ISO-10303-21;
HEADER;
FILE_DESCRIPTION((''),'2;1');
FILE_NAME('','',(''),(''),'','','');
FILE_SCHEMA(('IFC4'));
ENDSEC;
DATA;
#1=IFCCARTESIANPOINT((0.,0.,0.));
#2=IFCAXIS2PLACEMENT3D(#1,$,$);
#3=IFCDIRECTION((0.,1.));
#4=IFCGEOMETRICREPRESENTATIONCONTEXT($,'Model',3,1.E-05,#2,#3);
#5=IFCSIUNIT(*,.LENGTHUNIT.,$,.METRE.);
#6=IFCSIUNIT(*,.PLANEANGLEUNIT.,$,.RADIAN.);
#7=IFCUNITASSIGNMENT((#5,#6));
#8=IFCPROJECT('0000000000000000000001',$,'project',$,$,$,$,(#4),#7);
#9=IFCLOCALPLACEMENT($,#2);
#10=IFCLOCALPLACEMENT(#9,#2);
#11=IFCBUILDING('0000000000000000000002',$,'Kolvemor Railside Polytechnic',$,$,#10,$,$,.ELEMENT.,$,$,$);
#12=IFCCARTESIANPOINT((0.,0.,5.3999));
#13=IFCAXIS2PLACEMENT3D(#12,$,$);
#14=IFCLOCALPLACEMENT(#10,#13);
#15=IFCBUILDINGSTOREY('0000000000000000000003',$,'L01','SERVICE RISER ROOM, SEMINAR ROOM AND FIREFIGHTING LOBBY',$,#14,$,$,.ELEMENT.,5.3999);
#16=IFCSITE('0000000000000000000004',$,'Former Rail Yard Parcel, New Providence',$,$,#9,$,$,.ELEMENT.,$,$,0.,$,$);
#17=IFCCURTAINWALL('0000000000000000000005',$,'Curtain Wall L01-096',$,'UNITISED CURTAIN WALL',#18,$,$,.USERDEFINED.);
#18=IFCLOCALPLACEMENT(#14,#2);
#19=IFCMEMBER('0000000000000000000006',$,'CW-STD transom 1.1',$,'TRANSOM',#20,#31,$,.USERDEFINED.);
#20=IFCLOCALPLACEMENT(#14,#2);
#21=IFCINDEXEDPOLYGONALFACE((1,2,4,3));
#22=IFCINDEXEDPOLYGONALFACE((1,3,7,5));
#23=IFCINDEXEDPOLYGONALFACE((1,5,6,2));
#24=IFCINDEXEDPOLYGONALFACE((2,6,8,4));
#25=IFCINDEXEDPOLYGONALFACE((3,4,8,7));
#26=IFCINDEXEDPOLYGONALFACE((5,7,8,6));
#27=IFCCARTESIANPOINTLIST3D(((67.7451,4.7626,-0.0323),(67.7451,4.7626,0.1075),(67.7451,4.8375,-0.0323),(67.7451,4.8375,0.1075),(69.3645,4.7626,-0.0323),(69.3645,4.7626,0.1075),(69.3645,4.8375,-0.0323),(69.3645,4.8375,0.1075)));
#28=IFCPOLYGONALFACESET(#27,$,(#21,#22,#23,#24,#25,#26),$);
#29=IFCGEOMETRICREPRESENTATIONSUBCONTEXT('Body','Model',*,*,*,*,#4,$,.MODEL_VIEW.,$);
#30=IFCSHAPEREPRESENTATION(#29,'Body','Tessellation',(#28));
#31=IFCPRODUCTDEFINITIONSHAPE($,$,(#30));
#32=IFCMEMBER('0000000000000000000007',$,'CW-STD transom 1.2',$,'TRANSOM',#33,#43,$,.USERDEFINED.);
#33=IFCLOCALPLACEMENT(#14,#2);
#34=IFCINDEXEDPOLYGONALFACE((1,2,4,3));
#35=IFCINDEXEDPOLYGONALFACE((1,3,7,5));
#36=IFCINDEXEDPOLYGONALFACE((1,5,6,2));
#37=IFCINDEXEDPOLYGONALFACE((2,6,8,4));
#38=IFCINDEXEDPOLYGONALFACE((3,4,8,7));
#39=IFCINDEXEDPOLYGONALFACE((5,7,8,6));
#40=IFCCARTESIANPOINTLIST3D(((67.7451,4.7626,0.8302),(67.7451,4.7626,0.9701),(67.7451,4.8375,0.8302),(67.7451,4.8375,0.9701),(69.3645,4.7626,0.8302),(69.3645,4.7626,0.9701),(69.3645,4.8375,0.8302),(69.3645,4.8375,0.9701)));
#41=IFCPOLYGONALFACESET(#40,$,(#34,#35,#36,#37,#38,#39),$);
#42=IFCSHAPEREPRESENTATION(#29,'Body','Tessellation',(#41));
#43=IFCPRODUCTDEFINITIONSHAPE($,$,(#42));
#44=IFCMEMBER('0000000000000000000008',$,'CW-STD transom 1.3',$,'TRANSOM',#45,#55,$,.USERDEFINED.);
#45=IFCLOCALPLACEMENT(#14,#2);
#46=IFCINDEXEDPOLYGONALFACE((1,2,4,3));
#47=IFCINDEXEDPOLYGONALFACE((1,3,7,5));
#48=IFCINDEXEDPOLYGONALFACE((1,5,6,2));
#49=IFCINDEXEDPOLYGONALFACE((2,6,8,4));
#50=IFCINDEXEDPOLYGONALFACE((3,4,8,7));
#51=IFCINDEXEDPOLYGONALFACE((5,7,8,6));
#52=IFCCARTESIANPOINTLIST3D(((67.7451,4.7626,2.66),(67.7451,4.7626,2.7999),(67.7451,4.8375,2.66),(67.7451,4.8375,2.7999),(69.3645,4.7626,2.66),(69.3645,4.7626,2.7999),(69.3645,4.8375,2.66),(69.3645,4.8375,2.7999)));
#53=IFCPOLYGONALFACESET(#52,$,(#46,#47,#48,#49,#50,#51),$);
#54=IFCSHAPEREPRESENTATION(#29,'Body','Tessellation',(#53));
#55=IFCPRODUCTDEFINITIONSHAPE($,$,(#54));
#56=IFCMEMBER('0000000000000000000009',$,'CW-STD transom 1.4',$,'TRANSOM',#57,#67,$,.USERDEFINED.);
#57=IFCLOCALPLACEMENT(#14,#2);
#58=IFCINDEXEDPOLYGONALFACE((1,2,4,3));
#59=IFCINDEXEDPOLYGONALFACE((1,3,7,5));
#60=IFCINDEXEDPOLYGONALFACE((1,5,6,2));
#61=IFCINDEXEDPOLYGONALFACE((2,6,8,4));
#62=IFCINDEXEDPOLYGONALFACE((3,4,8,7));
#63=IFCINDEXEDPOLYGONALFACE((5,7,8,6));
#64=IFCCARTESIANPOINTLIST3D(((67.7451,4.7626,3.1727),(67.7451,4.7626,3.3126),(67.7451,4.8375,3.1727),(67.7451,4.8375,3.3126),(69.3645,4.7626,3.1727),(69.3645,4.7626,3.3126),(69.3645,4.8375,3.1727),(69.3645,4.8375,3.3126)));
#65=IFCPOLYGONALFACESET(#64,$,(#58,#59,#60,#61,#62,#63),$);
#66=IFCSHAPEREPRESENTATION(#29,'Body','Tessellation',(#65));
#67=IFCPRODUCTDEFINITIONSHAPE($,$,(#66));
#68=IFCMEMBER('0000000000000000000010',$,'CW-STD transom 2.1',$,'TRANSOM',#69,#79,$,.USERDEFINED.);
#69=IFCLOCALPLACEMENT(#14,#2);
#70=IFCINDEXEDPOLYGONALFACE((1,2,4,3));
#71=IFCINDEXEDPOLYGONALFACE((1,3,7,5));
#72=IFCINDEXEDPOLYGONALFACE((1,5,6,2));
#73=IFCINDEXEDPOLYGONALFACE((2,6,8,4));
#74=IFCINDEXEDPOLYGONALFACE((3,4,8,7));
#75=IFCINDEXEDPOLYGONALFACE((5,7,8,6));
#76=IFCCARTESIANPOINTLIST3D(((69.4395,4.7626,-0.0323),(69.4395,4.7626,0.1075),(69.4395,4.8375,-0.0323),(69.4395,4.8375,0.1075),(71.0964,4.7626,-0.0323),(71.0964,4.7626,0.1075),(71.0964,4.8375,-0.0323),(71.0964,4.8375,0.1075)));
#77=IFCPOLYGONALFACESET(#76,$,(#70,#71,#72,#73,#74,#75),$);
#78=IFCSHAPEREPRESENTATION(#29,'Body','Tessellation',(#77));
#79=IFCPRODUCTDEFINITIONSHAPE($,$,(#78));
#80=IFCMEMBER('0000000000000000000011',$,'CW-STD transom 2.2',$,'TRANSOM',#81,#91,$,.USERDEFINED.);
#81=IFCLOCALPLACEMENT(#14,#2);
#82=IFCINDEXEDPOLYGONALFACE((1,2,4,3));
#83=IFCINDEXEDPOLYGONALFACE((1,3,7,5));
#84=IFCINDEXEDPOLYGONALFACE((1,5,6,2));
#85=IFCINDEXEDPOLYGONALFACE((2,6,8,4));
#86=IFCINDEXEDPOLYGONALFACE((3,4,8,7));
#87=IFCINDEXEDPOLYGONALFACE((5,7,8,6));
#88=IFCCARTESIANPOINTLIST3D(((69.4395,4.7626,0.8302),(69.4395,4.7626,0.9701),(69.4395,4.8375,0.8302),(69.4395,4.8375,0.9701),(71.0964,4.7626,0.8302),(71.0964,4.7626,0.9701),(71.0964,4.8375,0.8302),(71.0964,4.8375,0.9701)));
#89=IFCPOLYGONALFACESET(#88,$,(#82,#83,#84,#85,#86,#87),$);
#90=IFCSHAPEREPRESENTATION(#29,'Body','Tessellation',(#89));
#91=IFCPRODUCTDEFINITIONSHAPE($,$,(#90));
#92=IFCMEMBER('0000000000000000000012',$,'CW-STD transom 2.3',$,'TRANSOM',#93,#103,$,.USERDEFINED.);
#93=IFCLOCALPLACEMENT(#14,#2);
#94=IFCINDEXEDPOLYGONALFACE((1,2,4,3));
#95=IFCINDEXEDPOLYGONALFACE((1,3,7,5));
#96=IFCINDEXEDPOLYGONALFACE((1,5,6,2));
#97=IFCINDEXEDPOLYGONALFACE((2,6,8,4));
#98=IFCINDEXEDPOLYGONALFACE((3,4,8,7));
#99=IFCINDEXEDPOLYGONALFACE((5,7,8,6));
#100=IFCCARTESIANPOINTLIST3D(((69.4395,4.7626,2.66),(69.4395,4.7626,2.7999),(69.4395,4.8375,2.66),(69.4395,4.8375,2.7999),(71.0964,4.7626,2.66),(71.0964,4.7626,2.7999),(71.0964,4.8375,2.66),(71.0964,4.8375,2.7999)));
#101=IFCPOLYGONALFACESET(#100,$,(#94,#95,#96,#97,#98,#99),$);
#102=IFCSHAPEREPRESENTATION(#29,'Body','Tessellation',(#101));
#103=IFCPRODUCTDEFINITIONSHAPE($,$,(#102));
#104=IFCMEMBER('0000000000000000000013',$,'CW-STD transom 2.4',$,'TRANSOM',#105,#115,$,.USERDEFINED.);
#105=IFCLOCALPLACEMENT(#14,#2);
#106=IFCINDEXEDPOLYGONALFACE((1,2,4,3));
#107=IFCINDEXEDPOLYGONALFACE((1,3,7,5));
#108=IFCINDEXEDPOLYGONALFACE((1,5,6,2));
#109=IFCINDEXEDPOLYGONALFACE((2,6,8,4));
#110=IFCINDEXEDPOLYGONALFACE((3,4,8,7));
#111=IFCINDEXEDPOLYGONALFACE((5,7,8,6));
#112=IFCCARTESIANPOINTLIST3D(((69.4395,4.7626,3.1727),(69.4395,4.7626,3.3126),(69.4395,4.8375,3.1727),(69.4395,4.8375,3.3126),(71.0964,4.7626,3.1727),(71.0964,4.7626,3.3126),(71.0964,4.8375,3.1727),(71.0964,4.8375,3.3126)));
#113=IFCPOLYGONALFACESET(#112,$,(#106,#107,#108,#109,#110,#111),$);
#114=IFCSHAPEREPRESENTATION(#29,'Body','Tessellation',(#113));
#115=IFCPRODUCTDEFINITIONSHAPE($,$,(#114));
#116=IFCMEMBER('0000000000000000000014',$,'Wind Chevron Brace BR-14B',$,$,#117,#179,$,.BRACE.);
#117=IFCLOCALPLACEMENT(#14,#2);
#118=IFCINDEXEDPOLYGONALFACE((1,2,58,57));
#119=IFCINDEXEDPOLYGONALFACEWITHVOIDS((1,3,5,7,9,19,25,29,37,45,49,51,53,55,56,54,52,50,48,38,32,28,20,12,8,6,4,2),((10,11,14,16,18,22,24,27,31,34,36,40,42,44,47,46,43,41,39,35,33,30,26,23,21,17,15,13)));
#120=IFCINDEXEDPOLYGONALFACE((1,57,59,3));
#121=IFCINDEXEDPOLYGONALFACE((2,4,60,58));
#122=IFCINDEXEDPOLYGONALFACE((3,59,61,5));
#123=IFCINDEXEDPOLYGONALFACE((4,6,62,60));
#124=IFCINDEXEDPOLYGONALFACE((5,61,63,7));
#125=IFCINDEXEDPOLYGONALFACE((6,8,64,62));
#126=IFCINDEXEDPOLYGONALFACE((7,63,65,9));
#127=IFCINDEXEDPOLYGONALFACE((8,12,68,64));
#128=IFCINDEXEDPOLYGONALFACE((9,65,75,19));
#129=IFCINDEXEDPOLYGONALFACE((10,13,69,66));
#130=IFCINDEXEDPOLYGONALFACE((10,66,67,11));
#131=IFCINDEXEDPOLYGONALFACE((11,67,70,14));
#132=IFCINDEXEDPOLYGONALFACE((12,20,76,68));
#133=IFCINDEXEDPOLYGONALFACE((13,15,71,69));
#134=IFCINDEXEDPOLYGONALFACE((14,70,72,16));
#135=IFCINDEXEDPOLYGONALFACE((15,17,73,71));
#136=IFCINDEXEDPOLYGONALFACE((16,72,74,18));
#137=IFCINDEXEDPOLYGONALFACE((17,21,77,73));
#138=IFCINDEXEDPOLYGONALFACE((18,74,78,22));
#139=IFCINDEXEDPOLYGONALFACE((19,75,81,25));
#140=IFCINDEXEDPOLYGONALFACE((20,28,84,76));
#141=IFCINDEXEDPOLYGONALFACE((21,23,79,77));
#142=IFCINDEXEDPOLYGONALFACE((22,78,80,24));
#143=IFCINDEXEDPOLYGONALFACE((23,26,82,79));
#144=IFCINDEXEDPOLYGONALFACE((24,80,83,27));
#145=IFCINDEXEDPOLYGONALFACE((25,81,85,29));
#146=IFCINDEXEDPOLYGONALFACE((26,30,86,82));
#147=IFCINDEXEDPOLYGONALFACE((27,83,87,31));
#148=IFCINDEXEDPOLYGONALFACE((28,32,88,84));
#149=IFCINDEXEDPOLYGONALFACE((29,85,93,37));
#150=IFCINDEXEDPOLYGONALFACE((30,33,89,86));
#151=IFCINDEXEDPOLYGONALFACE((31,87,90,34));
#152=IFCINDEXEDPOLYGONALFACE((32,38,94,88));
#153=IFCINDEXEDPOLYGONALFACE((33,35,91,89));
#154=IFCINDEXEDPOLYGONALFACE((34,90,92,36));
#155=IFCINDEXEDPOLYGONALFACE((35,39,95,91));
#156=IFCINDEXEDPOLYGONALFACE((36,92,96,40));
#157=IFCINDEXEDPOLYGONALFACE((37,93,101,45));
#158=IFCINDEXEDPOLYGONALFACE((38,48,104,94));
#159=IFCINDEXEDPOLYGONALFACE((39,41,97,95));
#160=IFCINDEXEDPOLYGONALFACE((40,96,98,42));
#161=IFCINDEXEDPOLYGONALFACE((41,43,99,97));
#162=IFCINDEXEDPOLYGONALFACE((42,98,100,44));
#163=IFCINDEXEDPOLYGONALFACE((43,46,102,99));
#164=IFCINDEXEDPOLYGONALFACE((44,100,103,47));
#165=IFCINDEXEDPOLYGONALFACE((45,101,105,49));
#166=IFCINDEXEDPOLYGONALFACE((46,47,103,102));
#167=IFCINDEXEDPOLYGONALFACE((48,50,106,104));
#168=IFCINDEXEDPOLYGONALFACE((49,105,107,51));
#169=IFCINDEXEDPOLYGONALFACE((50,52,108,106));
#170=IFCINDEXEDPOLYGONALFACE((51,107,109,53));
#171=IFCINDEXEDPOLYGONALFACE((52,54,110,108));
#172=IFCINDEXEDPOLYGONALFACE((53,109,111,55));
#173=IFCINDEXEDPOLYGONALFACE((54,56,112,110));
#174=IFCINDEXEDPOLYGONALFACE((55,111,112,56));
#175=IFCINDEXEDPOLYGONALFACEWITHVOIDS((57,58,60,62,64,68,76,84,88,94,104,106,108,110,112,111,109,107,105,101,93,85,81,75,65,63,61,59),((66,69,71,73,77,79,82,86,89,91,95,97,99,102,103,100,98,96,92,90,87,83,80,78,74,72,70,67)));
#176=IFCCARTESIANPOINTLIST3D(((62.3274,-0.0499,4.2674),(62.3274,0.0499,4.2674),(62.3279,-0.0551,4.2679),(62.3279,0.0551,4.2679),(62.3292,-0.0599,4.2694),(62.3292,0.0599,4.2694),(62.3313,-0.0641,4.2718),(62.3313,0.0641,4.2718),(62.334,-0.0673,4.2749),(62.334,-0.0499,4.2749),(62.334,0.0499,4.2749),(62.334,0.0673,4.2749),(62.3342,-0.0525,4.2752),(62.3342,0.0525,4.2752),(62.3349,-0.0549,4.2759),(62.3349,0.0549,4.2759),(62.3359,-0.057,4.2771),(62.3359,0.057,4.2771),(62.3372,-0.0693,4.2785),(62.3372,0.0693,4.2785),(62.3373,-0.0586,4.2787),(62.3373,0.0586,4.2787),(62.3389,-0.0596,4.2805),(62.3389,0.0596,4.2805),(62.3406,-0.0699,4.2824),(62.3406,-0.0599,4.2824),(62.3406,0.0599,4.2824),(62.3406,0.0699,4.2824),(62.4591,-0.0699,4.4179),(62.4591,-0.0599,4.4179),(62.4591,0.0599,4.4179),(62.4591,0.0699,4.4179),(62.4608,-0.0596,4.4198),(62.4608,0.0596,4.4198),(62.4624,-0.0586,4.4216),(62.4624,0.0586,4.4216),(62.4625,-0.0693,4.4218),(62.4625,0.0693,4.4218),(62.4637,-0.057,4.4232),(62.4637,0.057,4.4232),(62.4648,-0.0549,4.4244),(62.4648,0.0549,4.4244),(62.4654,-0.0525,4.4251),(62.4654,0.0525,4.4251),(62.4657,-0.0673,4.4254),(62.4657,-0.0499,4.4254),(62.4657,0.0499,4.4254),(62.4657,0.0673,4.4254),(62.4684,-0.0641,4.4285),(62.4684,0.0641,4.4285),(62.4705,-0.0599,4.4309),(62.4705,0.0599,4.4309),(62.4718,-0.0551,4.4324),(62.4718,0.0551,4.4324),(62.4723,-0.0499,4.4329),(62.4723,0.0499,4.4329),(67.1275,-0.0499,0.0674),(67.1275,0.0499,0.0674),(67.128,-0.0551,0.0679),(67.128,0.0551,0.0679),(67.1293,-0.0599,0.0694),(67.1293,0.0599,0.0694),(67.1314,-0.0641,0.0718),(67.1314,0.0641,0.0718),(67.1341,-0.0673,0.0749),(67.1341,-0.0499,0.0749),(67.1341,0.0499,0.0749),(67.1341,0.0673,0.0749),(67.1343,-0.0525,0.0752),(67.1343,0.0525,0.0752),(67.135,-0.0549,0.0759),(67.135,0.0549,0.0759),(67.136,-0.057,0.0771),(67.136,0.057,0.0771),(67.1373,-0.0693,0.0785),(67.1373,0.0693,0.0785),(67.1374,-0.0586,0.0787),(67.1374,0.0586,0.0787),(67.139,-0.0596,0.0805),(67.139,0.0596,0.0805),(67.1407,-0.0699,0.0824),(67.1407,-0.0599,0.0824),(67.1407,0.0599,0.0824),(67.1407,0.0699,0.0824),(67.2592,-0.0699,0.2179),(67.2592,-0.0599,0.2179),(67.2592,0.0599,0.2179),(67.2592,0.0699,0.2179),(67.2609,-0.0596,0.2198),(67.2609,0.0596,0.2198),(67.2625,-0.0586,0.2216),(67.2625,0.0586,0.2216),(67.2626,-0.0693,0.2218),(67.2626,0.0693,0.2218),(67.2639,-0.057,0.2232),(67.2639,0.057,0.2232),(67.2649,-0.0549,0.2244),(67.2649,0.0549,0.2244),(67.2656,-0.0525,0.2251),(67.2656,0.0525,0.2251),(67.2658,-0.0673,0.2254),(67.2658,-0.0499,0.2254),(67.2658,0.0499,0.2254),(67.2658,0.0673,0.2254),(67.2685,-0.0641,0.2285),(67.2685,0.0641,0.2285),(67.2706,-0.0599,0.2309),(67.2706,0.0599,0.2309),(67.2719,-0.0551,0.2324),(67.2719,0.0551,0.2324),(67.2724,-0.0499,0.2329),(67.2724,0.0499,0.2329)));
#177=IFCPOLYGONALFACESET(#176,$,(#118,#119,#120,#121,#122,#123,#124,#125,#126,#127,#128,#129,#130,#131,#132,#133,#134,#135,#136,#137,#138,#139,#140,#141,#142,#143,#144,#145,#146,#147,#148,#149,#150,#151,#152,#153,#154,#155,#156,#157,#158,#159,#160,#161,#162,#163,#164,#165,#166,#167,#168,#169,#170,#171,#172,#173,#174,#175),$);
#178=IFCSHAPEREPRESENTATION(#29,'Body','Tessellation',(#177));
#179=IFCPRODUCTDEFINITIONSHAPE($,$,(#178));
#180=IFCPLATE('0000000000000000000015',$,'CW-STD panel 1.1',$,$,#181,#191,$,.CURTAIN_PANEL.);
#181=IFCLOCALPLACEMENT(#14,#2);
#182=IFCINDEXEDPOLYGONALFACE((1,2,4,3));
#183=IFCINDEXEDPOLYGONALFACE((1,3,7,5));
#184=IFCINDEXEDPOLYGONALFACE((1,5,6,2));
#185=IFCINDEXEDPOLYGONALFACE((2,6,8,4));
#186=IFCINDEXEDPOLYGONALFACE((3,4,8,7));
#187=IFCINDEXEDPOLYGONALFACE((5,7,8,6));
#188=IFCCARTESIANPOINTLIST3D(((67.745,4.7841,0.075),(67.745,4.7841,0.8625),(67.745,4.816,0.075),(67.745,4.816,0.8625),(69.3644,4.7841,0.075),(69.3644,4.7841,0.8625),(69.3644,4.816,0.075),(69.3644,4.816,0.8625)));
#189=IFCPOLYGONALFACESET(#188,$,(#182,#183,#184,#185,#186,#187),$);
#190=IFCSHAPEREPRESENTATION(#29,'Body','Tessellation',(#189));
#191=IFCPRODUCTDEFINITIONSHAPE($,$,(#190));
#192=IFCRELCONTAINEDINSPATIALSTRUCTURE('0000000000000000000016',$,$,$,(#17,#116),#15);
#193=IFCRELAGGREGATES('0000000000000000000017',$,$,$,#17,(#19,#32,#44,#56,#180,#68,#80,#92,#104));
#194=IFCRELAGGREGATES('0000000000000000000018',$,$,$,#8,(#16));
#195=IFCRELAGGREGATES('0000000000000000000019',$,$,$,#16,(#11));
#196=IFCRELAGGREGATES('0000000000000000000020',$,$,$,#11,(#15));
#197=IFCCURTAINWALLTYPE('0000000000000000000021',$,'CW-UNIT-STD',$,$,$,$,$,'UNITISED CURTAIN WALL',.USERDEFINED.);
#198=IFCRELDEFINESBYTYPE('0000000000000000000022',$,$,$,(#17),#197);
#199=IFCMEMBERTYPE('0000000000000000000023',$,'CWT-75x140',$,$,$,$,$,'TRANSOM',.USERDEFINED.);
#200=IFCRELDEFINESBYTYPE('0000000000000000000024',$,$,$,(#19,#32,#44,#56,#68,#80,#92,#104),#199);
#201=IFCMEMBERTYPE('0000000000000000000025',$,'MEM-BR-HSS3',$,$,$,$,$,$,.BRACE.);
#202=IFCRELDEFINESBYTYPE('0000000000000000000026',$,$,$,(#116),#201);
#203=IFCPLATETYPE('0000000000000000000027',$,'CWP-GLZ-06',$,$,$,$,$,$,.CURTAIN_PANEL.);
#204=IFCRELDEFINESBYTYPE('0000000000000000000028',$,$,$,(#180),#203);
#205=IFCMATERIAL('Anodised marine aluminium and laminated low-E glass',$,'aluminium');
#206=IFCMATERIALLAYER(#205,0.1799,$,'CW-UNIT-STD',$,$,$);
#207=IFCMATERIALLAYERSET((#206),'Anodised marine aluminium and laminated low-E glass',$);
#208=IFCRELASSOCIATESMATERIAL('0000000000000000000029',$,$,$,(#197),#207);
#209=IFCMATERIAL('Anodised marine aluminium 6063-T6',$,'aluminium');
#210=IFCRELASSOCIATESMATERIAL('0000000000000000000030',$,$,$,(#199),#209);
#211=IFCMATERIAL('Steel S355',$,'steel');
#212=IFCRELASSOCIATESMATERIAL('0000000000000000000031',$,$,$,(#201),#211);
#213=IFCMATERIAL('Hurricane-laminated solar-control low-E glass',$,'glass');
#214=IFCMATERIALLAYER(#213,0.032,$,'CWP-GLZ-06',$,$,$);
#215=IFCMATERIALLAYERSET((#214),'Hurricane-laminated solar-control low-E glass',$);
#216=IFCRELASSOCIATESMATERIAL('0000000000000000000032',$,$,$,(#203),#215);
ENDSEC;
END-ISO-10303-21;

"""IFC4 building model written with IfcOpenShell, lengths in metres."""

from ifc_helpers import new_model, si_unit, direction, frame, origin, origin_2d, place, context, subcontext, project, spatial, rectangle, hollow_rectangle, extrude, material, layer, layer_set, material_profile, profile_set, type_object, element, aggregate, save


model = new_model("IFC4")

# Units and contexts
model_context = context("Model", 3, precision=1e-05, world=origin(), true_north=direction((0.0, 1.0)))
body_context = subcontext(model_context, "Body", "Model", "MODEL_VIEW")
ifc_project = project(units=[si_unit("LENGTHUNIT", "METRE"), si_unit("PLANEANGLEUNIT", "RADIAN")], contexts=[model_context])

# Site, building, storey
site_placement = place(None, origin())
site = spatial("IfcSite", under=ifc_project, at=site_placement, Name="Former Rail Yard Parcel, New Providence", CompositionType="ELEMENT", RefElevation=0.0)
building_placement = place(site_placement, origin())
building = spatial("IfcBuilding", under=site, at=building_placement, Name="Kolvemor Railside Polytechnic", CompositionType="ELEMENT")
storey_placement = place(building_placement, frame((0.0, 0.0, 5.3999)))
storey = spatial("IfcBuildingStorey", under=building, at=storey_placement, Name="L01", Description="SERVICE RISER ROOM, SEMINAR ROOM AND FIREFIGHTING LOBBY", CompositionType="ELEMENT", Elevation=5.3999)

# Curtain wall, members
ifc_material_1 = material(Name="Anodised marine aluminium and laminated low-E glass", Category="aluminium")
ifc_layer_1 = layer(ifc_material_1, 0.1799, Name="CW-UNIT-STD")
ifc_layer_set_1 = layer_set([ifc_layer_1], Name="Anodised marine aluminium and laminated low-E glass")
curtain_wall_type = type_object("IfcCurtainWallType", Name="CW-UNIT-STD", ElementType="UNITISED CURTAIN WALL", PredefinedType="USERDEFINED", material=ifc_layer_set_1)
curtain_wall_placement = place(storey_placement, origin())
curtain_wall = element("IfcCurtainWall", 1, at=curtain_wall_placement, inside=storey, type_object=curtain_wall_type, Name="Curtain Wall L01-096", ObjectType="UNITISED CURTAIN WALL", PredefinedType="USERDEFINED")
ifc_material_2 = material(Name="Anodised marine aluminium 6063-T6", Category="aluminium")
ifc_material_profile_1 = material_profile(ifc_material_2, rectangle(XDim=0.075, YDim=0.1399, at=origin_2d()), Name="CW-TRN-75x140")
ifc_profile_set_1 = profile_set([ifc_material_profile_1], Name="Anodised marine aluminium 6063-T6")
member_type_1 = type_object("IfcMemberType", Name="CWT-75x140", ElementType="TRANSOM", PredefinedType="USERDEFINED", material=ifc_profile_set_1)
member_1_placement = place(storey_placement, frame((67.7451, 4.8, 0.0376), z_axis=(1.0, 0.0, 0.0), x_axis=(0.0, 1.0, 0.0)))
member_1 = element("IfcMember", 2, at=member_1_placement, type_object=member_type_1, Name="CW-STD transom 1.1", ObjectType="TRANSOM", PredefinedType="USERDEFINED", context=body_context, shape_type="SweptSolid", body=[
    extrude(rectangle(XDim=0.075, YDim=0.1399, at=origin_2d()), origin(), (0.0, 0.0, 1.0), 1.6194),
])
member_2_placement = place(storey_placement, frame((67.7451, 4.8, 0.9001), z_axis=(1.0, 0.0, 0.0), x_axis=(0.0, 1.0, 0.0)))
member_2 = element("IfcMember", 3, at=member_2_placement, type_object=member_type_1, Name="CW-STD transom 1.2", ObjectType="TRANSOM", PredefinedType="USERDEFINED", context=body_context, shape_type="SweptSolid", body=[
    extrude(rectangle(XDim=0.075, YDim=0.1399, at=origin_2d()), origin(), (0.0, 0.0, 1.0), 1.6194),
])
member_3_placement = place(storey_placement, frame((67.7451, 4.8, 2.73), z_axis=(1.0, 0.0, 0.0), x_axis=(0.0, 1.0, 0.0)))
member_3 = element("IfcMember", 4, at=member_3_placement, type_object=member_type_1, Name="CW-STD transom 1.3", ObjectType="TRANSOM", PredefinedType="USERDEFINED", context=body_context, shape_type="SweptSolid", body=[
    extrude(rectangle(XDim=0.075, YDim=0.1399, at=origin_2d()), origin(), (0.0, 0.0, 1.0), 1.6194),
])
member_4_placement = place(storey_placement, frame((67.7451, 4.8, 3.2427), z_axis=(1.0, 0.0, 0.0), x_axis=(0.0, 1.0, 0.0)))
member_4 = element("IfcMember", 5, at=member_4_placement, type_object=member_type_1, Name="CW-STD transom 1.4", ObjectType="TRANSOM", PredefinedType="USERDEFINED", context=body_context, shape_type="SweptSolid", body=[
    extrude(rectangle(XDim=0.075, YDim=0.1399, at=origin_2d()), origin(), (0.0, 0.0, 1.0), 1.6194),
])
member_5_placement = place(storey_placement, frame((69.4395, 4.8, 0.0376), z_axis=(1.0, 0.0, 0.0), x_axis=(0.0, 1.0, 0.0)))
member_5 = element("IfcMember", 6, at=member_5_placement, type_object=member_type_1, Name="CW-STD transom 2.1", ObjectType="TRANSOM", PredefinedType="USERDEFINED", context=body_context, shape_type="SweptSolid", body=[
    extrude(rectangle(XDim=0.075, YDim=0.1399, at=origin_2d()), origin(), (0.0, 0.0, 1.0), 1.657),
])
member_6_placement = place(storey_placement, frame((69.4395, 4.8, 0.9001), z_axis=(1.0, 0.0, 0.0), x_axis=(0.0, 1.0, 0.0)))
member_6 = element("IfcMember", 7, at=member_6_placement, type_object=member_type_1, Name="CW-STD transom 2.2", ObjectType="TRANSOM", PredefinedType="USERDEFINED", context=body_context, shape_type="SweptSolid", body=[
    extrude(rectangle(XDim=0.075, YDim=0.1399, at=origin_2d()), origin(), (0.0, 0.0, 1.0), 1.657),
])
member_7_placement = place(storey_placement, frame((69.4395, 4.8, 2.73), z_axis=(1.0, 0.0, 0.0), x_axis=(0.0, 1.0, 0.0)))
member_7 = element("IfcMember", 8, at=member_7_placement, type_object=member_type_1, Name="CW-STD transom 2.3", ObjectType="TRANSOM", PredefinedType="USERDEFINED", context=body_context, shape_type="SweptSolid", body=[
    extrude(rectangle(XDim=0.075, YDim=0.1399, at=origin_2d()), origin(), (0.0, 0.0, 1.0), 1.657),
])
member_8_placement = place(storey_placement, frame((69.4395, 4.8, 3.2427), z_axis=(1.0, 0.0, 0.0), x_axis=(0.0, 1.0, 0.0)))
member_8 = element("IfcMember", 9, at=member_8_placement, type_object=member_type_1, Name="CW-STD transom 2.4", ObjectType="TRANSOM", PredefinedType="USERDEFINED", context=body_context, shape_type="SweptSolid", body=[
    extrude(rectangle(XDim=0.075, YDim=0.1399, at=origin_2d()), origin(), (0.0, 0.0, 1.0), 1.657),
])

# Member
ifc_material_3 = material(Name="Steel S355", Category="steel")
ifc_material_profile_2 = material_profile(ifc_material_3, hollow_rectangle(XDim=0.1399, YDim=0.22, WallThickness=0.01, InnerFilletRadius=0.01, OuterFilletRadius=0.02, at=origin_2d()), Name="HSS220x140x10")
ifc_profile_set_2 = profile_set([ifc_material_profile_2], Name="Steel S355")
member_type_2 = type_object("IfcMemberType", Name="MEM-BR-HSS3", PredefinedType="BRACE", material=ifc_profile_set_2)
member_9_placement = place(storey_placement, frame((67.2, 0.0, 0.1501), z_axis=(-0.752584, 0.0, 0.658496), x_axis=(0.0, -1.0, 0.0)))
element("IfcMember", 10, at=member_9_placement, inside=storey, type_object=member_type_2, Name="Wind Chevron Brace BR-14B", PredefinedType="BRACE", context=body_context, shape_type="SweptSolid", body=[
    extrude(hollow_rectangle(XDim=0.1399, YDim=0.22, WallThickness=0.01, InnerFilletRadius=0.01, OuterFilletRadius=0.02, at=origin_2d()), origin(), (0.0, 0.0, 1.0), 6.3782),
])

# Plate
ifc_material_4 = material(Name="Hurricane-laminated solar-control low-E glass", Category="glass")
ifc_layer_2 = layer(ifc_material_4, 0.032, Name="CWP-GLZ-06")
ifc_layer_set_2 = layer_set([ifc_layer_2], Name="Hurricane-laminated solar-control low-E glass")
plate_type_1 = type_object("IfcPlateType", Name="CWP-GLZ-06", PredefinedType="CURTAIN_PANEL", material=ifc_layer_set_2)
plate_1_placement = place(storey_placement, frame((68.5547, 4.8, 0.075), z_axis=(0.0, 0.0, 1.0), x_axis=(1.0, 0.0, 0.0)))
plate_1 = element("IfcPlate", 11, at=plate_1_placement, type_object=plate_type_1, Name="CW-STD panel 1.1", PredefinedType="CURTAIN_PANEL", context=body_context, shape_type="SweptSolid", body=[
    extrude(rectangle(XDim=1.6194, YDim=0.032, at=origin_2d()), origin(), (0.0, 0.0, 1.0), 0.7876),
])
aggregate(curtain_wall, [member_1, member_2, member_3, member_4, plate_1, member_5, member_6, member_7, member_8])

save(model, "model.ifc")
